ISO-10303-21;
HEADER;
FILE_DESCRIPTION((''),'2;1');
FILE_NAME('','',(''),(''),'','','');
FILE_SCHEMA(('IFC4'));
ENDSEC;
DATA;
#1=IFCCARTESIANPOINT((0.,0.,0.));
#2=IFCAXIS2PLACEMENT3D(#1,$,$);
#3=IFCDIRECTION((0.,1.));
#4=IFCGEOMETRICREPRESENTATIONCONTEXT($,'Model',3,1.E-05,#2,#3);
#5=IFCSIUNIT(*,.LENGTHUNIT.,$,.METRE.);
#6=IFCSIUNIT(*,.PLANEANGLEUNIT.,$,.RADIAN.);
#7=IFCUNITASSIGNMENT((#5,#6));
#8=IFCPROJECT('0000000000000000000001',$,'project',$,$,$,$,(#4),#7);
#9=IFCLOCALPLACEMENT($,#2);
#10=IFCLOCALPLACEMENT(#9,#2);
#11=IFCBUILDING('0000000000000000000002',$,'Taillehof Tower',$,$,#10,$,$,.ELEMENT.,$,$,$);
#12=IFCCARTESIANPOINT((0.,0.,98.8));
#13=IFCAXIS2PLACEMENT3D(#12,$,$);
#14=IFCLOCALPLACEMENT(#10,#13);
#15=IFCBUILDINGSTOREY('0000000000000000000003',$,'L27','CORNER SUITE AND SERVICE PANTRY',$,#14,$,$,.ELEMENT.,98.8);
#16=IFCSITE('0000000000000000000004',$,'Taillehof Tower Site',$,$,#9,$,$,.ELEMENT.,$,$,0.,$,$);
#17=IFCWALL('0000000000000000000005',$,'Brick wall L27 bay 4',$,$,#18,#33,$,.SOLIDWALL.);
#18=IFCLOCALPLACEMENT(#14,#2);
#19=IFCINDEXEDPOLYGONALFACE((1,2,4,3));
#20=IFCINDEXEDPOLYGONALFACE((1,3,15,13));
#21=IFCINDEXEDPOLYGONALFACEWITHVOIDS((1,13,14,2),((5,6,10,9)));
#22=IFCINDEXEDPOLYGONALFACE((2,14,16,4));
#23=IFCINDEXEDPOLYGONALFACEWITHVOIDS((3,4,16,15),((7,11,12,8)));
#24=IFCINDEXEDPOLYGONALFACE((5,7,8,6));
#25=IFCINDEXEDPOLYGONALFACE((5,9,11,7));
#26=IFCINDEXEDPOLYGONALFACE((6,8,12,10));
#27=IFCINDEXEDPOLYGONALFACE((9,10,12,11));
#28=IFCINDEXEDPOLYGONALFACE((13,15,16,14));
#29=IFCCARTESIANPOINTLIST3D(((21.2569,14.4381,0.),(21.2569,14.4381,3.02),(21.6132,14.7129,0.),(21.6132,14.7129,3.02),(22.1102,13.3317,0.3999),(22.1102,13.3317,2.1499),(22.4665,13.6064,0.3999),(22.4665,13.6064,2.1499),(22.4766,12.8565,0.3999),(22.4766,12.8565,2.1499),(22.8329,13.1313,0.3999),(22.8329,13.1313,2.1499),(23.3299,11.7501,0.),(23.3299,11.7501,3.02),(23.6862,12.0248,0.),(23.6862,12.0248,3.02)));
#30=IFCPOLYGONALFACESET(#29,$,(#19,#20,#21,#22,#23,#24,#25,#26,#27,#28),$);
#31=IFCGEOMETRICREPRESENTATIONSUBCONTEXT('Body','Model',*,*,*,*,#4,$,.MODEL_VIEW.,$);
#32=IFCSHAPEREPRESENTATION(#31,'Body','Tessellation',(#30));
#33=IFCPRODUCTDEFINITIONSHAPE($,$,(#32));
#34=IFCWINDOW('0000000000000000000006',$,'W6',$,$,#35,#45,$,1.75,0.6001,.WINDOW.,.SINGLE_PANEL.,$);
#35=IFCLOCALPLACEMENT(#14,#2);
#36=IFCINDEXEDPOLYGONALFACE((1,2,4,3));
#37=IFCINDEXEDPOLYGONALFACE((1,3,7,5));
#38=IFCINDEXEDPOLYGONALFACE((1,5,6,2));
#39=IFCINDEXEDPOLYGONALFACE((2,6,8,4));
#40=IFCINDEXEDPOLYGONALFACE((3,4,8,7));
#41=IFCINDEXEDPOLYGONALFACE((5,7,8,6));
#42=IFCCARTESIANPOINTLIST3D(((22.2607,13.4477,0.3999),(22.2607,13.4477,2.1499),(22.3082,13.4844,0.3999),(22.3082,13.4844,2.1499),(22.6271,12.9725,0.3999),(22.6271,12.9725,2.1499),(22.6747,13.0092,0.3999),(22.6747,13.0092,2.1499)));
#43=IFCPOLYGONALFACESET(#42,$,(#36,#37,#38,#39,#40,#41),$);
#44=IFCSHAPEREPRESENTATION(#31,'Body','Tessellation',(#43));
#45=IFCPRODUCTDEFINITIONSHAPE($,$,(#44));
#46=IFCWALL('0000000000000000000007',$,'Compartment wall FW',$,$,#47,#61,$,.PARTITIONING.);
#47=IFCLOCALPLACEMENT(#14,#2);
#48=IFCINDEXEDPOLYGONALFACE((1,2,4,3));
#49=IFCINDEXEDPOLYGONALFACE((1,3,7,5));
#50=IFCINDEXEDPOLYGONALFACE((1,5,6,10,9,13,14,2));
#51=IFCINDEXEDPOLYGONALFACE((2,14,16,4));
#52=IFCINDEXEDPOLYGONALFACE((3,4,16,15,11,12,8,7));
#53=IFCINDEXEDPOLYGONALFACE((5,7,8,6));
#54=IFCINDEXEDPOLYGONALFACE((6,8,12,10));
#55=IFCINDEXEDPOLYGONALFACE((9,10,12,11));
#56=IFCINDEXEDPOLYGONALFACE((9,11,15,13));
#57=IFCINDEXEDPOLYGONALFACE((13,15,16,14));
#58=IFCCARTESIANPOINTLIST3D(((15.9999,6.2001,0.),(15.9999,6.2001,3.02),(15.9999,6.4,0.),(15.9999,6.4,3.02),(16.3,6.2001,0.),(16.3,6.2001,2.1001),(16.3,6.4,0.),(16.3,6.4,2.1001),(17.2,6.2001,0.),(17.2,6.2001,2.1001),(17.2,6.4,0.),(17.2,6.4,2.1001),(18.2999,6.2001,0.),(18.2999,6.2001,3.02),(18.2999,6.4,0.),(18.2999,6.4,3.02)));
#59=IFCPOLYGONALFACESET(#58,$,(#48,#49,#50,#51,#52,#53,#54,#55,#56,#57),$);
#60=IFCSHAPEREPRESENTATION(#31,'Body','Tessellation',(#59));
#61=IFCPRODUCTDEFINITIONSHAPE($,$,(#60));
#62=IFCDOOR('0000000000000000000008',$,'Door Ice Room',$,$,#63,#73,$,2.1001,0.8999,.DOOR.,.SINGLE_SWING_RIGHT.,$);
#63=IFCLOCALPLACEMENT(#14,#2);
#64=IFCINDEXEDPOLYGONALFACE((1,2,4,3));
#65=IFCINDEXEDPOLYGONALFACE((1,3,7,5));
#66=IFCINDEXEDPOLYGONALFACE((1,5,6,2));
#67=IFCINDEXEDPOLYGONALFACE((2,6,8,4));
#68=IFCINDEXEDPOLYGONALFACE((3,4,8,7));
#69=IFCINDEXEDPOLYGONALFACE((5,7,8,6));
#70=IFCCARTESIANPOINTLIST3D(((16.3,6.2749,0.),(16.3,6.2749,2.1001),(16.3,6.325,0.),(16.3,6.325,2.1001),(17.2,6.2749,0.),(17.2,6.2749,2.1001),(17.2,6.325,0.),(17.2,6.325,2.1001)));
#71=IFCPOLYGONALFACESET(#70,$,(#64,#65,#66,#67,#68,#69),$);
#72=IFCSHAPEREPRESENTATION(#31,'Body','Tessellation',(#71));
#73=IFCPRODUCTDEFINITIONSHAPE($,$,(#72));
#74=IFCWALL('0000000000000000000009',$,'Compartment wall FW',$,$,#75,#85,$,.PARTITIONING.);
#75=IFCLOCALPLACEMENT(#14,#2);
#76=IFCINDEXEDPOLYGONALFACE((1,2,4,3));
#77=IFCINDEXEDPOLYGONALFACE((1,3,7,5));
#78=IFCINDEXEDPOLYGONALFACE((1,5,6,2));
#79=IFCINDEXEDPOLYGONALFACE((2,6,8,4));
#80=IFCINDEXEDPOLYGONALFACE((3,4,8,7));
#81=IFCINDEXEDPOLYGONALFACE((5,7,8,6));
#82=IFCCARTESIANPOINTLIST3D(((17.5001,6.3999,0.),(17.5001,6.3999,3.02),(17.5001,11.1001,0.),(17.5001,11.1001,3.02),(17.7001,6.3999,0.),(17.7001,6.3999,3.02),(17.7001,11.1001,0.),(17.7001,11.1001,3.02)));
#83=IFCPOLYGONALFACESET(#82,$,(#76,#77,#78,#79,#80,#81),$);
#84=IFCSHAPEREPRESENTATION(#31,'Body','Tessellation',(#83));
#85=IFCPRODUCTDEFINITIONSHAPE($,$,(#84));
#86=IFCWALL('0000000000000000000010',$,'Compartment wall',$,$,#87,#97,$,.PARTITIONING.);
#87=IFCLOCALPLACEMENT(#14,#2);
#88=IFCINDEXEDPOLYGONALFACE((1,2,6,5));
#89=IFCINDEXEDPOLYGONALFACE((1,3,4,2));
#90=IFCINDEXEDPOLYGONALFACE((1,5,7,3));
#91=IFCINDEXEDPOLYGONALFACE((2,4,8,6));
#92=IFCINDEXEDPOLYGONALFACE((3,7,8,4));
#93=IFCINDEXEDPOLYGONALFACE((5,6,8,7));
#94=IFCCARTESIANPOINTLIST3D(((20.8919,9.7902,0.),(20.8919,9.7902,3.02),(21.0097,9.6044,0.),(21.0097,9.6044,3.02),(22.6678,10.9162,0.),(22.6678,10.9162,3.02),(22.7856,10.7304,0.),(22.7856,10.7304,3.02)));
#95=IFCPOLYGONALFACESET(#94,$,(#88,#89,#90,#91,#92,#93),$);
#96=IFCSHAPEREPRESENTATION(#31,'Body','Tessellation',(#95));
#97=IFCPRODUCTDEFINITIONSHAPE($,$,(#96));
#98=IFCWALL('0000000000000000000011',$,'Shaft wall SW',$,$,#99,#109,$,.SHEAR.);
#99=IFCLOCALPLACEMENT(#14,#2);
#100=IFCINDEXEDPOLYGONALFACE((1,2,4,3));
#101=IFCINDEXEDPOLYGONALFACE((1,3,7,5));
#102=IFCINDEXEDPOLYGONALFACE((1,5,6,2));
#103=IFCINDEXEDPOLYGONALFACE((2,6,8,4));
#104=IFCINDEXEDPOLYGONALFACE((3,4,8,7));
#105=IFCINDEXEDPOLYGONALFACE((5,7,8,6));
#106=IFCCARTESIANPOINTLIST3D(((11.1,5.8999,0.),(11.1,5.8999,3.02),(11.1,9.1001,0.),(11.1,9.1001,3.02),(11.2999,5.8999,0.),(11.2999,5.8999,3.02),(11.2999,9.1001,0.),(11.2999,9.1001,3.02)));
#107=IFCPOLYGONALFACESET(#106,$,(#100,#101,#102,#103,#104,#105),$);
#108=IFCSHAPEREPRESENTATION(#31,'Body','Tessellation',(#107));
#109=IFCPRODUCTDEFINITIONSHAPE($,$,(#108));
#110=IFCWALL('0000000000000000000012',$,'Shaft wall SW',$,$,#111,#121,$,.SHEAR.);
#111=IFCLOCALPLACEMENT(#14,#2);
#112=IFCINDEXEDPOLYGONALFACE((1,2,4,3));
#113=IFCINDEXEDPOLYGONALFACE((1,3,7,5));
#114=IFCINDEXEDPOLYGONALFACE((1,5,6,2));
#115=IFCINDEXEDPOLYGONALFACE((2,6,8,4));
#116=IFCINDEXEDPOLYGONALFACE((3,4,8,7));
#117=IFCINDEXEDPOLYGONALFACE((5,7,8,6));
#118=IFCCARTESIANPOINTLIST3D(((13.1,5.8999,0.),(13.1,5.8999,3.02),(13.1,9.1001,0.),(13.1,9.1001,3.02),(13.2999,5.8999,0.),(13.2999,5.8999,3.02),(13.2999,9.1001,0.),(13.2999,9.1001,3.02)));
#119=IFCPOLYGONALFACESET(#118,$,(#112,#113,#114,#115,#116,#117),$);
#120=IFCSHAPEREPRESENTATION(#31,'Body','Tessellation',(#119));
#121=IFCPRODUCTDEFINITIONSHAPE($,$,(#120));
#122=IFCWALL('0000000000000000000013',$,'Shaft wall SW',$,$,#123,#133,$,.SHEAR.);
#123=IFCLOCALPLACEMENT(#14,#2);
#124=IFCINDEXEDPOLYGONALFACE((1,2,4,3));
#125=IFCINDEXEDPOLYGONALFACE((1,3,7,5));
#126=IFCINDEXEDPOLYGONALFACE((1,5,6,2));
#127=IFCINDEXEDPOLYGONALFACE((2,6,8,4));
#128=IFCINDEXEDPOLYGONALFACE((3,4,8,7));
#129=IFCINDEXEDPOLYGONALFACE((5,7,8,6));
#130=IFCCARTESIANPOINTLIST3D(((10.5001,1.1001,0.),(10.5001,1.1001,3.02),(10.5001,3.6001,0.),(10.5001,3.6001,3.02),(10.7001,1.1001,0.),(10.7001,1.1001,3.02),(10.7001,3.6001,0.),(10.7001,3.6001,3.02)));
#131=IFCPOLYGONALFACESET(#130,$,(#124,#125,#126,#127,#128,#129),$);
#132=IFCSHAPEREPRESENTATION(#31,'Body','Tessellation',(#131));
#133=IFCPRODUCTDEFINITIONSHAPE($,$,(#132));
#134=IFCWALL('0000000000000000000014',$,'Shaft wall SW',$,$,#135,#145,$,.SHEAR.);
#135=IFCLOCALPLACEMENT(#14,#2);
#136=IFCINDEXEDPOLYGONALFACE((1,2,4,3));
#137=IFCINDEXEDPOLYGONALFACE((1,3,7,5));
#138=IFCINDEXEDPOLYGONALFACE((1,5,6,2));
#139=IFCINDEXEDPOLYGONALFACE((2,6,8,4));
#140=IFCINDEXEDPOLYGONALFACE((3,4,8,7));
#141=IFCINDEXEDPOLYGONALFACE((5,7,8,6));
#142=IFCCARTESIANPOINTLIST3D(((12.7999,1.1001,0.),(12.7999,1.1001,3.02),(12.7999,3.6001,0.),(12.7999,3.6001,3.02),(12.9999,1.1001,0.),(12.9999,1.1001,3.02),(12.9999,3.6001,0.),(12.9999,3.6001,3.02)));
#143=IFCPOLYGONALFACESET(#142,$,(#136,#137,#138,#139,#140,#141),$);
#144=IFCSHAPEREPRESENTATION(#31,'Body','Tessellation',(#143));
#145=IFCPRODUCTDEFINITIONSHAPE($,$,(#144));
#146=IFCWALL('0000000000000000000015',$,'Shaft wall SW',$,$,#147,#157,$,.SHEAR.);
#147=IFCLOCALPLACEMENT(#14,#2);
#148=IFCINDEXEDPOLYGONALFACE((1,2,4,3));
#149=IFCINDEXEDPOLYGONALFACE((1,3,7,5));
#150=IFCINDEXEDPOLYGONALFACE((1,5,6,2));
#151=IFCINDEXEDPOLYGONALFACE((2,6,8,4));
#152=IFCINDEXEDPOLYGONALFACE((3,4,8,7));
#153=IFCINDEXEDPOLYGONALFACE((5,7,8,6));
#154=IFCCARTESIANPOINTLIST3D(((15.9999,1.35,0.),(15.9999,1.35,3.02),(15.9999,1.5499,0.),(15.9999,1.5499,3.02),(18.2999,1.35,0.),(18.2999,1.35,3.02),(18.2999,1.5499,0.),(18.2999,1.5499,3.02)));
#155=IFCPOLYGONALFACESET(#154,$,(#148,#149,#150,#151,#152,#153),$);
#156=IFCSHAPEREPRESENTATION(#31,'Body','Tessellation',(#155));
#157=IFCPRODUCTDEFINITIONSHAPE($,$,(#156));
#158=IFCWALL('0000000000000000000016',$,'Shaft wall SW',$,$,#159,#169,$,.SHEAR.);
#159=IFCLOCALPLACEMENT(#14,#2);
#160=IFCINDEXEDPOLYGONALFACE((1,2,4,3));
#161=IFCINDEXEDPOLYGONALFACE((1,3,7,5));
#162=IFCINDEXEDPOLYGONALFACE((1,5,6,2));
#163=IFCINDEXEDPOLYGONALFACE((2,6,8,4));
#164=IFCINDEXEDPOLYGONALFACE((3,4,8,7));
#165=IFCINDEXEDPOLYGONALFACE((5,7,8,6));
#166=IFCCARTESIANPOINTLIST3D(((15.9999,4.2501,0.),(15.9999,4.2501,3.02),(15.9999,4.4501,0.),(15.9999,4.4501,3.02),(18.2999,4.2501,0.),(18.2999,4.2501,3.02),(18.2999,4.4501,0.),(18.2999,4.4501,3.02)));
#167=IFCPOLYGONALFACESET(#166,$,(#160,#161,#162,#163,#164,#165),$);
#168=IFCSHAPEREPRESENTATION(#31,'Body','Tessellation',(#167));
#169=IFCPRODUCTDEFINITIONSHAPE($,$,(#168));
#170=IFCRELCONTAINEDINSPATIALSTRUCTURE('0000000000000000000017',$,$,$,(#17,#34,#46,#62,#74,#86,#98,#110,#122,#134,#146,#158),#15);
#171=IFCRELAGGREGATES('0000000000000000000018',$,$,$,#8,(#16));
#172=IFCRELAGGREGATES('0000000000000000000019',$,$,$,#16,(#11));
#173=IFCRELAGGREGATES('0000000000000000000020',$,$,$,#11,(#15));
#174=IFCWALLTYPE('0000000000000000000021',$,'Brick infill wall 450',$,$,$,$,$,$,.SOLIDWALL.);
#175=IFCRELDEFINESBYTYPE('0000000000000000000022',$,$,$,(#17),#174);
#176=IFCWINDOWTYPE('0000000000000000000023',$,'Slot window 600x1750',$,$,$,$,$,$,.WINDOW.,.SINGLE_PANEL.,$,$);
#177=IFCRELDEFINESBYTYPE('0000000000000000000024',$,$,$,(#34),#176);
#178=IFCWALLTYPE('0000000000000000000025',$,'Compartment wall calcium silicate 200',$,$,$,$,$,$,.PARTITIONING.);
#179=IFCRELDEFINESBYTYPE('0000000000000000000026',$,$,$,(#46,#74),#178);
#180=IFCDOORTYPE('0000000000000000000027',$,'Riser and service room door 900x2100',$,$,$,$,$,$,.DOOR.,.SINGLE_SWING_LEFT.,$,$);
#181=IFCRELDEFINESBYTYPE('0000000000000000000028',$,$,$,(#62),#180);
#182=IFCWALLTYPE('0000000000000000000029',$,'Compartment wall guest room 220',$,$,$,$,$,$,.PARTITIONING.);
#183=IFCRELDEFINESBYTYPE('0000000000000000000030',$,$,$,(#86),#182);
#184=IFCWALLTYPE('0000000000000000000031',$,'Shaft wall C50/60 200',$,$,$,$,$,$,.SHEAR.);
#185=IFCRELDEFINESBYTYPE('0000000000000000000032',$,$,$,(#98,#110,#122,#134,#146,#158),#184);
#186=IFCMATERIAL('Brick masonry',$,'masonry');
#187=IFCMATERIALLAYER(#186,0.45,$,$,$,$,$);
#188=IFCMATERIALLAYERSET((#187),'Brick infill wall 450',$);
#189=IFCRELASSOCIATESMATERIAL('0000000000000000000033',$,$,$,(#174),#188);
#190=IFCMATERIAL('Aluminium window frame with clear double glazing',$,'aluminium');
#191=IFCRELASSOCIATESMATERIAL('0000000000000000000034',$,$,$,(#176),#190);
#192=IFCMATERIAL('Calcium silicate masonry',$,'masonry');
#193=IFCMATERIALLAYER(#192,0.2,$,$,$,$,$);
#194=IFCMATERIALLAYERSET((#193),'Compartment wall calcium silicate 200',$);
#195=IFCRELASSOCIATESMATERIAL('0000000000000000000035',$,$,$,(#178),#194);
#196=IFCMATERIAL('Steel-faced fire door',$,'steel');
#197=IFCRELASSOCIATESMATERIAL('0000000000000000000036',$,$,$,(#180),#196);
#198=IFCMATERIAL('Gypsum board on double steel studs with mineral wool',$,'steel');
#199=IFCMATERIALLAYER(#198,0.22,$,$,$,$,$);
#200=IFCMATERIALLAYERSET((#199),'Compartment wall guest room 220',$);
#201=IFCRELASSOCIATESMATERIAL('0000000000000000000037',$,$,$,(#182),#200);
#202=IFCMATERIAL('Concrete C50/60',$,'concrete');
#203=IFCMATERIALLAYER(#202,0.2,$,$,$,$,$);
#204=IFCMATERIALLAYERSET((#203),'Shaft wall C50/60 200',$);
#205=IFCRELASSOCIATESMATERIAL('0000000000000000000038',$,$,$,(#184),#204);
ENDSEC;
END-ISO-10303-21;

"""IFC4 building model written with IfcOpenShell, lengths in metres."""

from ifc_helpers import new_model, si_unit, direction, frame, frame_2d, origin, place, context, subcontext, project, spatial, rectangle, extrude, material, layer, layer_set, type_object, element, fill, save


model = new_model("IFC4")

# Units and contexts
model_context = context("Model", 3, precision=1e-05, world=origin(), true_north=direction((0.0, 1.0)))
body_context = subcontext(model_context, "Body", "Model", "MODEL_VIEW")
ifc_project = project(units=[si_unit("LENGTHUNIT", "METRE"), si_unit("PLANEANGLEUNIT", "RADIAN")], contexts=[model_context])

# Site, building, storey
site_placement = place(None, origin())
site = spatial("IfcSite", under=ifc_project, at=site_placement, Name="Taillehof Tower Site", CompositionType="ELEMENT", RefElevation=0.0)
building_placement = place(site_placement, origin())
building = spatial("IfcBuilding", under=site, at=building_placement, Name="Taillehof Tower", CompositionType="ELEMENT")
storey_placement = place(building_placement, frame((0.0, 0.0, 98.8)))
storey = spatial("IfcBuildingStorey", under=building, at=storey_placement, Name="L27", Description="CORNER SUITE AND SERVICE PANTRY", CompositionType="ELEMENT", Elevation=98.8)

# Shared definitions
ifc_material_1 = material(Name="Brick masonry", Category="masonry")
ifc_layer_1 = layer(ifc_material_1, 0.45)
ifc_layer_set_1 = layer_set([ifc_layer_1], Name="Brick infill wall 450")
wall_type_1 = type_object("IfcWallType", Name="Brick infill wall 450", PredefinedType="SOLIDWALL", material=ifc_layer_set_1)
ifc_material_2 = material(Name="Aluminium window frame with clear double glazing", Category="aluminium")
window_type = type_object("IfcWindowType", Name="Slot window 600x1750", PartitioningType="SINGLE_PANEL", PredefinedType="WINDOW", material=ifc_material_2)

# Wall, opening, window
wall_1_placement = place(storey_placement, frame((23.5081, 11.8875, 0.0), z_axis=(0.0, 0.0, 1.0), x_axis=(-0.610694, 0.791867, 0.0)))
wall_1 = element("IfcWall", 1, at=wall_1_placement, inside=storey, type_object=wall_type_1, Name="Brick wall L27 bay 4", PredefinedType="SOLIDWALL", context=body_context, shape_type="SweptSolid", body=[
    extrude(rectangle(XDim=3.3945, YDim=0.45, at=frame_2d((1.6973, 0.0))), origin(), (0.0, 0.0, 1.0), 3.02),
])
opening_1_placement = place(wall_1_placement, frame((1.3972, 0.0, 0.3999)))
opening_1 = element("IfcOpeningElement", 2, at=opening_1_placement, cuts=wall_1, PredefinedType="OPENING", context=body_context, shape_type="SweptSolid", body=[
    extrude(rectangle(XDim=0.6001, YDim=1.75, at=frame_2d((0.3, 0.875))), frame((0.0, 0.2349, 0.0), z_axis=(0.0, -1.0, 0.0), x_axis=(1.0, 0.0, 0.0)), (0.0, 0.0, 1.0), 0.47),
])
window_1_placement = place(opening_1_placement, origin())
window_1 = element("IfcWindow", 3, at=window_1_placement, inside=storey, type_object=window_type, Name="W6", OverallHeight=1.75, OverallWidth=0.6001, PartitioningType="SINGLE_PANEL", PredefinedType="WINDOW", context=body_context, shape_type="SweptSolid", body=[
    extrude(rectangle(XDim=0.6001, YDim=1.75, at=frame_2d((0.3, 0.875))), frame((0.0, 0.0349, 0.0), z_axis=(0.0, -1.0, 0.0), x_axis=(1.0, 0.0, 0.0)), (0.0, 0.0, 1.0), 0.0601),
])
fill(opening_1, window_1)

# Wall, opening, door
ifc_material_3 = material(Name="Calcium silicate masonry", Category="masonry")
ifc_layer_2 = layer(ifc_material_3, 0.2)
ifc_layer_set_2 = layer_set([ifc_layer_2], Name="Compartment wall calcium silicate 200")
wall_type_2 = type_object("IfcWallType", Name="Compartment wall calcium silicate 200", PredefinedType="PARTITIONING", material=ifc_layer_set_2)
wall_2_placement = place(storey_placement, frame((16.0, 6.3, 0.0), z_axis=(0.0, 0.0, 1.0), x_axis=(1.0, 0.0, 0.0)))
wall_2 = element("IfcWall", 4, at=wall_2_placement, inside=storey, type_object=wall_type_2, Name="Compartment wall FW", PredefinedType="PARTITIONING", context=body_context, shape_type="SweptSolid", body=[
    extrude(rectangle(XDim=2.3, YDim=0.2, at=frame_2d((1.1499, 0.0))), origin(), (0.0, 0.0, 1.0), 3.02),
])
opening_2_placement = place(wall_2_placement, frame((0.3, 0.0, 0.0)))
opening_2 = element("IfcOpeningElement", 5, at=opening_2_placement, cuts=wall_2, PredefinedType="OPENING", context=body_context, shape_type="SweptSolid", body=[
    extrude(rectangle(XDim=0.8999, YDim=2.1001, at=frame_2d((0.45, 1.05))), frame((0.0, 0.1099, 0.0), z_axis=(0.0, -1.0, 0.0), x_axis=(1.0, 0.0, 0.0)), (0.0, 0.0, 1.0), 0.22),
])
ifc_material_4 = material(Name="Steel-faced fire door", Category="steel")
door_type = type_object("IfcDoorType", Name="Riser and service room door 900x2100", OperationType="SINGLE_SWING_LEFT", PredefinedType="DOOR", material=ifc_material_4)
door_placement = place(opening_2_placement, origin())
door = element("IfcDoor", 6, at=door_placement, inside=storey, type_object=door_type, Name="Door Ice Room", OperationType="SINGLE_SWING_RIGHT", OverallHeight=2.1001, OverallWidth=0.8999, PredefinedType="DOOR", context=body_context, shape_type="SweptSolid", body=[
    extrude(rectangle(XDim=0.8999, YDim=2.1001, at=frame_2d((0.45, 1.05))), frame((0.0, 0.0249, 0.0), z_axis=(0.0, -1.0, 0.0), x_axis=(1.0, 0.0, 0.0)), (0.0, 0.0, 1.0), 0.05),
])
fill(opening_2, door)

# Walls
wall_3_placement = place(storey_placement, frame((17.6001, 6.3999, 0.0), z_axis=(0.0, 0.0, 1.0), x_axis=(0.0, 1.0, 0.0)))
element("IfcWall", 7, at=wall_3_placement, inside=storey, type_object=wall_type_2, Name="Compartment wall FW", PredefinedType="PARTITIONING", context=body_context, shape_type="SweptSolid", body=[
    extrude(rectangle(XDim=4.7002, YDim=0.2, at=frame_2d((2.3501, 0.0))), origin(), (0.0, 0.0, 1.0), 3.02),
])
ifc_material_5 = material(Name="Gypsum board on double steel studs with mineral wool", Category="steel")
ifc_layer_3 = layer(ifc_material_5, 0.22)
ifc_layer_set_3 = layer_set([ifc_layer_3], Name="Compartment wall guest room 220")
wall_type_3 = type_object("IfcWallType", Name="Compartment wall guest room 220", PredefinedType="PARTITIONING", material=ifc_layer_set_3)
wall_4_placement = place(storey_placement, frame((22.7266, 10.8232, 0.0), z_axis=(0.0, 0.0, 1.0), x_axis=(-0.84455, -0.535477, 0.0)))
element("IfcWall", 8, at=wall_4_placement, inside=storey, type_object=wall_type_3, Name="Compartment wall", PredefinedType="PARTITIONING", context=body_context, shape_type="SweptSolid", body=[
    extrude(rectangle(XDim=2.1028, YDim=0.22, at=frame_2d((1.0513, 0.0))), origin(), (0.0, 0.0, 1.0), 3.02),
])
ifc_material_6 = material(Name="Concrete C50/60", Category="concrete")
ifc_layer_4 = layer(ifc_material_6, 0.2)
ifc_layer_set_4 = layer_set([ifc_layer_4], Name="Shaft wall C50/60 200")
wall_type_4 = type_object("IfcWallType", Name="Shaft wall C50/60 200", PredefinedType="SHEAR", material=ifc_layer_set_4)
for number, where, z_axis, x_axis, name in (
    (9, (11.2, 5.8999, 0.0), (0.0, 0.0, 1.0), (0.0, 1.0, 0.0), "Shaft wall SW"),
    (10, (13.2, 5.8999, 0.0), (0.0, 0.0, 1.0), (0.0, 1.0, 0.0), "Shaft wall SW"),
):
    element("IfcWall", number, at=place(storey_placement, frame(where, z_axis=z_axis, x_axis=x_axis)), inside=storey, type_object=wall_type_4, Name=name, PredefinedType="SHEAR", context=body_context, shape_type="SweptSolid", body=[
        extrude(rectangle(XDim=3.2002, YDim=0.2, at=frame_2d((1.6001, 0.0))), origin(), (0.0, 0.0, 1.0), 3.02),
    ])
for number, where, z_axis, x_axis, name in (
    (11, (10.6001, 1.1001, 0.0), (0.0, 0.0, 1.0), (0.0, 1.0, 0.0), "Shaft wall SW"),
    (12, (12.8999, 1.1001, 0.0), (0.0, 0.0, 1.0), (0.0, 1.0, 0.0), "Shaft wall SW"),
):
    element("IfcWall", number, at=place(storey_placement, frame(where, z_axis=z_axis, x_axis=x_axis)), inside=storey, type_object=wall_type_4, Name=name, PredefinedType="SHEAR", context=body_context, shape_type="SweptSolid", body=[
        extrude(rectangle(XDim=2.5, YDim=0.2, at=frame_2d((1.25, 0.0))), origin(), (0.0, 0.0, 1.0), 3.02),
    ])
for number, where, z_axis, x_axis, name in (
    (13, (16.0, 1.45, 0.0), (0.0, 0.0, 1.0), (1.0, 0.0, 0.0), "Shaft wall SW"),
    (14, (16.0, 4.3501, 0.0), (0.0, 0.0, 1.0), (1.0, 0.0, 0.0), "Shaft wall SW"),
):
    element("IfcWall", number, at=place(storey_placement, frame(where, z_axis=z_axis, x_axis=x_axis)), inside=storey, type_object=wall_type_4, Name=name, PredefinedType="SHEAR", context=body_context, shape_type="SweptSolid", body=[
        extrude(rectangle(XDim=2.3, YDim=0.2, at=frame_2d((1.1499, 0.0))), origin(), (0.0, 0.0, 1.0), 3.02),
    ])

save(model, "model.ifc")
